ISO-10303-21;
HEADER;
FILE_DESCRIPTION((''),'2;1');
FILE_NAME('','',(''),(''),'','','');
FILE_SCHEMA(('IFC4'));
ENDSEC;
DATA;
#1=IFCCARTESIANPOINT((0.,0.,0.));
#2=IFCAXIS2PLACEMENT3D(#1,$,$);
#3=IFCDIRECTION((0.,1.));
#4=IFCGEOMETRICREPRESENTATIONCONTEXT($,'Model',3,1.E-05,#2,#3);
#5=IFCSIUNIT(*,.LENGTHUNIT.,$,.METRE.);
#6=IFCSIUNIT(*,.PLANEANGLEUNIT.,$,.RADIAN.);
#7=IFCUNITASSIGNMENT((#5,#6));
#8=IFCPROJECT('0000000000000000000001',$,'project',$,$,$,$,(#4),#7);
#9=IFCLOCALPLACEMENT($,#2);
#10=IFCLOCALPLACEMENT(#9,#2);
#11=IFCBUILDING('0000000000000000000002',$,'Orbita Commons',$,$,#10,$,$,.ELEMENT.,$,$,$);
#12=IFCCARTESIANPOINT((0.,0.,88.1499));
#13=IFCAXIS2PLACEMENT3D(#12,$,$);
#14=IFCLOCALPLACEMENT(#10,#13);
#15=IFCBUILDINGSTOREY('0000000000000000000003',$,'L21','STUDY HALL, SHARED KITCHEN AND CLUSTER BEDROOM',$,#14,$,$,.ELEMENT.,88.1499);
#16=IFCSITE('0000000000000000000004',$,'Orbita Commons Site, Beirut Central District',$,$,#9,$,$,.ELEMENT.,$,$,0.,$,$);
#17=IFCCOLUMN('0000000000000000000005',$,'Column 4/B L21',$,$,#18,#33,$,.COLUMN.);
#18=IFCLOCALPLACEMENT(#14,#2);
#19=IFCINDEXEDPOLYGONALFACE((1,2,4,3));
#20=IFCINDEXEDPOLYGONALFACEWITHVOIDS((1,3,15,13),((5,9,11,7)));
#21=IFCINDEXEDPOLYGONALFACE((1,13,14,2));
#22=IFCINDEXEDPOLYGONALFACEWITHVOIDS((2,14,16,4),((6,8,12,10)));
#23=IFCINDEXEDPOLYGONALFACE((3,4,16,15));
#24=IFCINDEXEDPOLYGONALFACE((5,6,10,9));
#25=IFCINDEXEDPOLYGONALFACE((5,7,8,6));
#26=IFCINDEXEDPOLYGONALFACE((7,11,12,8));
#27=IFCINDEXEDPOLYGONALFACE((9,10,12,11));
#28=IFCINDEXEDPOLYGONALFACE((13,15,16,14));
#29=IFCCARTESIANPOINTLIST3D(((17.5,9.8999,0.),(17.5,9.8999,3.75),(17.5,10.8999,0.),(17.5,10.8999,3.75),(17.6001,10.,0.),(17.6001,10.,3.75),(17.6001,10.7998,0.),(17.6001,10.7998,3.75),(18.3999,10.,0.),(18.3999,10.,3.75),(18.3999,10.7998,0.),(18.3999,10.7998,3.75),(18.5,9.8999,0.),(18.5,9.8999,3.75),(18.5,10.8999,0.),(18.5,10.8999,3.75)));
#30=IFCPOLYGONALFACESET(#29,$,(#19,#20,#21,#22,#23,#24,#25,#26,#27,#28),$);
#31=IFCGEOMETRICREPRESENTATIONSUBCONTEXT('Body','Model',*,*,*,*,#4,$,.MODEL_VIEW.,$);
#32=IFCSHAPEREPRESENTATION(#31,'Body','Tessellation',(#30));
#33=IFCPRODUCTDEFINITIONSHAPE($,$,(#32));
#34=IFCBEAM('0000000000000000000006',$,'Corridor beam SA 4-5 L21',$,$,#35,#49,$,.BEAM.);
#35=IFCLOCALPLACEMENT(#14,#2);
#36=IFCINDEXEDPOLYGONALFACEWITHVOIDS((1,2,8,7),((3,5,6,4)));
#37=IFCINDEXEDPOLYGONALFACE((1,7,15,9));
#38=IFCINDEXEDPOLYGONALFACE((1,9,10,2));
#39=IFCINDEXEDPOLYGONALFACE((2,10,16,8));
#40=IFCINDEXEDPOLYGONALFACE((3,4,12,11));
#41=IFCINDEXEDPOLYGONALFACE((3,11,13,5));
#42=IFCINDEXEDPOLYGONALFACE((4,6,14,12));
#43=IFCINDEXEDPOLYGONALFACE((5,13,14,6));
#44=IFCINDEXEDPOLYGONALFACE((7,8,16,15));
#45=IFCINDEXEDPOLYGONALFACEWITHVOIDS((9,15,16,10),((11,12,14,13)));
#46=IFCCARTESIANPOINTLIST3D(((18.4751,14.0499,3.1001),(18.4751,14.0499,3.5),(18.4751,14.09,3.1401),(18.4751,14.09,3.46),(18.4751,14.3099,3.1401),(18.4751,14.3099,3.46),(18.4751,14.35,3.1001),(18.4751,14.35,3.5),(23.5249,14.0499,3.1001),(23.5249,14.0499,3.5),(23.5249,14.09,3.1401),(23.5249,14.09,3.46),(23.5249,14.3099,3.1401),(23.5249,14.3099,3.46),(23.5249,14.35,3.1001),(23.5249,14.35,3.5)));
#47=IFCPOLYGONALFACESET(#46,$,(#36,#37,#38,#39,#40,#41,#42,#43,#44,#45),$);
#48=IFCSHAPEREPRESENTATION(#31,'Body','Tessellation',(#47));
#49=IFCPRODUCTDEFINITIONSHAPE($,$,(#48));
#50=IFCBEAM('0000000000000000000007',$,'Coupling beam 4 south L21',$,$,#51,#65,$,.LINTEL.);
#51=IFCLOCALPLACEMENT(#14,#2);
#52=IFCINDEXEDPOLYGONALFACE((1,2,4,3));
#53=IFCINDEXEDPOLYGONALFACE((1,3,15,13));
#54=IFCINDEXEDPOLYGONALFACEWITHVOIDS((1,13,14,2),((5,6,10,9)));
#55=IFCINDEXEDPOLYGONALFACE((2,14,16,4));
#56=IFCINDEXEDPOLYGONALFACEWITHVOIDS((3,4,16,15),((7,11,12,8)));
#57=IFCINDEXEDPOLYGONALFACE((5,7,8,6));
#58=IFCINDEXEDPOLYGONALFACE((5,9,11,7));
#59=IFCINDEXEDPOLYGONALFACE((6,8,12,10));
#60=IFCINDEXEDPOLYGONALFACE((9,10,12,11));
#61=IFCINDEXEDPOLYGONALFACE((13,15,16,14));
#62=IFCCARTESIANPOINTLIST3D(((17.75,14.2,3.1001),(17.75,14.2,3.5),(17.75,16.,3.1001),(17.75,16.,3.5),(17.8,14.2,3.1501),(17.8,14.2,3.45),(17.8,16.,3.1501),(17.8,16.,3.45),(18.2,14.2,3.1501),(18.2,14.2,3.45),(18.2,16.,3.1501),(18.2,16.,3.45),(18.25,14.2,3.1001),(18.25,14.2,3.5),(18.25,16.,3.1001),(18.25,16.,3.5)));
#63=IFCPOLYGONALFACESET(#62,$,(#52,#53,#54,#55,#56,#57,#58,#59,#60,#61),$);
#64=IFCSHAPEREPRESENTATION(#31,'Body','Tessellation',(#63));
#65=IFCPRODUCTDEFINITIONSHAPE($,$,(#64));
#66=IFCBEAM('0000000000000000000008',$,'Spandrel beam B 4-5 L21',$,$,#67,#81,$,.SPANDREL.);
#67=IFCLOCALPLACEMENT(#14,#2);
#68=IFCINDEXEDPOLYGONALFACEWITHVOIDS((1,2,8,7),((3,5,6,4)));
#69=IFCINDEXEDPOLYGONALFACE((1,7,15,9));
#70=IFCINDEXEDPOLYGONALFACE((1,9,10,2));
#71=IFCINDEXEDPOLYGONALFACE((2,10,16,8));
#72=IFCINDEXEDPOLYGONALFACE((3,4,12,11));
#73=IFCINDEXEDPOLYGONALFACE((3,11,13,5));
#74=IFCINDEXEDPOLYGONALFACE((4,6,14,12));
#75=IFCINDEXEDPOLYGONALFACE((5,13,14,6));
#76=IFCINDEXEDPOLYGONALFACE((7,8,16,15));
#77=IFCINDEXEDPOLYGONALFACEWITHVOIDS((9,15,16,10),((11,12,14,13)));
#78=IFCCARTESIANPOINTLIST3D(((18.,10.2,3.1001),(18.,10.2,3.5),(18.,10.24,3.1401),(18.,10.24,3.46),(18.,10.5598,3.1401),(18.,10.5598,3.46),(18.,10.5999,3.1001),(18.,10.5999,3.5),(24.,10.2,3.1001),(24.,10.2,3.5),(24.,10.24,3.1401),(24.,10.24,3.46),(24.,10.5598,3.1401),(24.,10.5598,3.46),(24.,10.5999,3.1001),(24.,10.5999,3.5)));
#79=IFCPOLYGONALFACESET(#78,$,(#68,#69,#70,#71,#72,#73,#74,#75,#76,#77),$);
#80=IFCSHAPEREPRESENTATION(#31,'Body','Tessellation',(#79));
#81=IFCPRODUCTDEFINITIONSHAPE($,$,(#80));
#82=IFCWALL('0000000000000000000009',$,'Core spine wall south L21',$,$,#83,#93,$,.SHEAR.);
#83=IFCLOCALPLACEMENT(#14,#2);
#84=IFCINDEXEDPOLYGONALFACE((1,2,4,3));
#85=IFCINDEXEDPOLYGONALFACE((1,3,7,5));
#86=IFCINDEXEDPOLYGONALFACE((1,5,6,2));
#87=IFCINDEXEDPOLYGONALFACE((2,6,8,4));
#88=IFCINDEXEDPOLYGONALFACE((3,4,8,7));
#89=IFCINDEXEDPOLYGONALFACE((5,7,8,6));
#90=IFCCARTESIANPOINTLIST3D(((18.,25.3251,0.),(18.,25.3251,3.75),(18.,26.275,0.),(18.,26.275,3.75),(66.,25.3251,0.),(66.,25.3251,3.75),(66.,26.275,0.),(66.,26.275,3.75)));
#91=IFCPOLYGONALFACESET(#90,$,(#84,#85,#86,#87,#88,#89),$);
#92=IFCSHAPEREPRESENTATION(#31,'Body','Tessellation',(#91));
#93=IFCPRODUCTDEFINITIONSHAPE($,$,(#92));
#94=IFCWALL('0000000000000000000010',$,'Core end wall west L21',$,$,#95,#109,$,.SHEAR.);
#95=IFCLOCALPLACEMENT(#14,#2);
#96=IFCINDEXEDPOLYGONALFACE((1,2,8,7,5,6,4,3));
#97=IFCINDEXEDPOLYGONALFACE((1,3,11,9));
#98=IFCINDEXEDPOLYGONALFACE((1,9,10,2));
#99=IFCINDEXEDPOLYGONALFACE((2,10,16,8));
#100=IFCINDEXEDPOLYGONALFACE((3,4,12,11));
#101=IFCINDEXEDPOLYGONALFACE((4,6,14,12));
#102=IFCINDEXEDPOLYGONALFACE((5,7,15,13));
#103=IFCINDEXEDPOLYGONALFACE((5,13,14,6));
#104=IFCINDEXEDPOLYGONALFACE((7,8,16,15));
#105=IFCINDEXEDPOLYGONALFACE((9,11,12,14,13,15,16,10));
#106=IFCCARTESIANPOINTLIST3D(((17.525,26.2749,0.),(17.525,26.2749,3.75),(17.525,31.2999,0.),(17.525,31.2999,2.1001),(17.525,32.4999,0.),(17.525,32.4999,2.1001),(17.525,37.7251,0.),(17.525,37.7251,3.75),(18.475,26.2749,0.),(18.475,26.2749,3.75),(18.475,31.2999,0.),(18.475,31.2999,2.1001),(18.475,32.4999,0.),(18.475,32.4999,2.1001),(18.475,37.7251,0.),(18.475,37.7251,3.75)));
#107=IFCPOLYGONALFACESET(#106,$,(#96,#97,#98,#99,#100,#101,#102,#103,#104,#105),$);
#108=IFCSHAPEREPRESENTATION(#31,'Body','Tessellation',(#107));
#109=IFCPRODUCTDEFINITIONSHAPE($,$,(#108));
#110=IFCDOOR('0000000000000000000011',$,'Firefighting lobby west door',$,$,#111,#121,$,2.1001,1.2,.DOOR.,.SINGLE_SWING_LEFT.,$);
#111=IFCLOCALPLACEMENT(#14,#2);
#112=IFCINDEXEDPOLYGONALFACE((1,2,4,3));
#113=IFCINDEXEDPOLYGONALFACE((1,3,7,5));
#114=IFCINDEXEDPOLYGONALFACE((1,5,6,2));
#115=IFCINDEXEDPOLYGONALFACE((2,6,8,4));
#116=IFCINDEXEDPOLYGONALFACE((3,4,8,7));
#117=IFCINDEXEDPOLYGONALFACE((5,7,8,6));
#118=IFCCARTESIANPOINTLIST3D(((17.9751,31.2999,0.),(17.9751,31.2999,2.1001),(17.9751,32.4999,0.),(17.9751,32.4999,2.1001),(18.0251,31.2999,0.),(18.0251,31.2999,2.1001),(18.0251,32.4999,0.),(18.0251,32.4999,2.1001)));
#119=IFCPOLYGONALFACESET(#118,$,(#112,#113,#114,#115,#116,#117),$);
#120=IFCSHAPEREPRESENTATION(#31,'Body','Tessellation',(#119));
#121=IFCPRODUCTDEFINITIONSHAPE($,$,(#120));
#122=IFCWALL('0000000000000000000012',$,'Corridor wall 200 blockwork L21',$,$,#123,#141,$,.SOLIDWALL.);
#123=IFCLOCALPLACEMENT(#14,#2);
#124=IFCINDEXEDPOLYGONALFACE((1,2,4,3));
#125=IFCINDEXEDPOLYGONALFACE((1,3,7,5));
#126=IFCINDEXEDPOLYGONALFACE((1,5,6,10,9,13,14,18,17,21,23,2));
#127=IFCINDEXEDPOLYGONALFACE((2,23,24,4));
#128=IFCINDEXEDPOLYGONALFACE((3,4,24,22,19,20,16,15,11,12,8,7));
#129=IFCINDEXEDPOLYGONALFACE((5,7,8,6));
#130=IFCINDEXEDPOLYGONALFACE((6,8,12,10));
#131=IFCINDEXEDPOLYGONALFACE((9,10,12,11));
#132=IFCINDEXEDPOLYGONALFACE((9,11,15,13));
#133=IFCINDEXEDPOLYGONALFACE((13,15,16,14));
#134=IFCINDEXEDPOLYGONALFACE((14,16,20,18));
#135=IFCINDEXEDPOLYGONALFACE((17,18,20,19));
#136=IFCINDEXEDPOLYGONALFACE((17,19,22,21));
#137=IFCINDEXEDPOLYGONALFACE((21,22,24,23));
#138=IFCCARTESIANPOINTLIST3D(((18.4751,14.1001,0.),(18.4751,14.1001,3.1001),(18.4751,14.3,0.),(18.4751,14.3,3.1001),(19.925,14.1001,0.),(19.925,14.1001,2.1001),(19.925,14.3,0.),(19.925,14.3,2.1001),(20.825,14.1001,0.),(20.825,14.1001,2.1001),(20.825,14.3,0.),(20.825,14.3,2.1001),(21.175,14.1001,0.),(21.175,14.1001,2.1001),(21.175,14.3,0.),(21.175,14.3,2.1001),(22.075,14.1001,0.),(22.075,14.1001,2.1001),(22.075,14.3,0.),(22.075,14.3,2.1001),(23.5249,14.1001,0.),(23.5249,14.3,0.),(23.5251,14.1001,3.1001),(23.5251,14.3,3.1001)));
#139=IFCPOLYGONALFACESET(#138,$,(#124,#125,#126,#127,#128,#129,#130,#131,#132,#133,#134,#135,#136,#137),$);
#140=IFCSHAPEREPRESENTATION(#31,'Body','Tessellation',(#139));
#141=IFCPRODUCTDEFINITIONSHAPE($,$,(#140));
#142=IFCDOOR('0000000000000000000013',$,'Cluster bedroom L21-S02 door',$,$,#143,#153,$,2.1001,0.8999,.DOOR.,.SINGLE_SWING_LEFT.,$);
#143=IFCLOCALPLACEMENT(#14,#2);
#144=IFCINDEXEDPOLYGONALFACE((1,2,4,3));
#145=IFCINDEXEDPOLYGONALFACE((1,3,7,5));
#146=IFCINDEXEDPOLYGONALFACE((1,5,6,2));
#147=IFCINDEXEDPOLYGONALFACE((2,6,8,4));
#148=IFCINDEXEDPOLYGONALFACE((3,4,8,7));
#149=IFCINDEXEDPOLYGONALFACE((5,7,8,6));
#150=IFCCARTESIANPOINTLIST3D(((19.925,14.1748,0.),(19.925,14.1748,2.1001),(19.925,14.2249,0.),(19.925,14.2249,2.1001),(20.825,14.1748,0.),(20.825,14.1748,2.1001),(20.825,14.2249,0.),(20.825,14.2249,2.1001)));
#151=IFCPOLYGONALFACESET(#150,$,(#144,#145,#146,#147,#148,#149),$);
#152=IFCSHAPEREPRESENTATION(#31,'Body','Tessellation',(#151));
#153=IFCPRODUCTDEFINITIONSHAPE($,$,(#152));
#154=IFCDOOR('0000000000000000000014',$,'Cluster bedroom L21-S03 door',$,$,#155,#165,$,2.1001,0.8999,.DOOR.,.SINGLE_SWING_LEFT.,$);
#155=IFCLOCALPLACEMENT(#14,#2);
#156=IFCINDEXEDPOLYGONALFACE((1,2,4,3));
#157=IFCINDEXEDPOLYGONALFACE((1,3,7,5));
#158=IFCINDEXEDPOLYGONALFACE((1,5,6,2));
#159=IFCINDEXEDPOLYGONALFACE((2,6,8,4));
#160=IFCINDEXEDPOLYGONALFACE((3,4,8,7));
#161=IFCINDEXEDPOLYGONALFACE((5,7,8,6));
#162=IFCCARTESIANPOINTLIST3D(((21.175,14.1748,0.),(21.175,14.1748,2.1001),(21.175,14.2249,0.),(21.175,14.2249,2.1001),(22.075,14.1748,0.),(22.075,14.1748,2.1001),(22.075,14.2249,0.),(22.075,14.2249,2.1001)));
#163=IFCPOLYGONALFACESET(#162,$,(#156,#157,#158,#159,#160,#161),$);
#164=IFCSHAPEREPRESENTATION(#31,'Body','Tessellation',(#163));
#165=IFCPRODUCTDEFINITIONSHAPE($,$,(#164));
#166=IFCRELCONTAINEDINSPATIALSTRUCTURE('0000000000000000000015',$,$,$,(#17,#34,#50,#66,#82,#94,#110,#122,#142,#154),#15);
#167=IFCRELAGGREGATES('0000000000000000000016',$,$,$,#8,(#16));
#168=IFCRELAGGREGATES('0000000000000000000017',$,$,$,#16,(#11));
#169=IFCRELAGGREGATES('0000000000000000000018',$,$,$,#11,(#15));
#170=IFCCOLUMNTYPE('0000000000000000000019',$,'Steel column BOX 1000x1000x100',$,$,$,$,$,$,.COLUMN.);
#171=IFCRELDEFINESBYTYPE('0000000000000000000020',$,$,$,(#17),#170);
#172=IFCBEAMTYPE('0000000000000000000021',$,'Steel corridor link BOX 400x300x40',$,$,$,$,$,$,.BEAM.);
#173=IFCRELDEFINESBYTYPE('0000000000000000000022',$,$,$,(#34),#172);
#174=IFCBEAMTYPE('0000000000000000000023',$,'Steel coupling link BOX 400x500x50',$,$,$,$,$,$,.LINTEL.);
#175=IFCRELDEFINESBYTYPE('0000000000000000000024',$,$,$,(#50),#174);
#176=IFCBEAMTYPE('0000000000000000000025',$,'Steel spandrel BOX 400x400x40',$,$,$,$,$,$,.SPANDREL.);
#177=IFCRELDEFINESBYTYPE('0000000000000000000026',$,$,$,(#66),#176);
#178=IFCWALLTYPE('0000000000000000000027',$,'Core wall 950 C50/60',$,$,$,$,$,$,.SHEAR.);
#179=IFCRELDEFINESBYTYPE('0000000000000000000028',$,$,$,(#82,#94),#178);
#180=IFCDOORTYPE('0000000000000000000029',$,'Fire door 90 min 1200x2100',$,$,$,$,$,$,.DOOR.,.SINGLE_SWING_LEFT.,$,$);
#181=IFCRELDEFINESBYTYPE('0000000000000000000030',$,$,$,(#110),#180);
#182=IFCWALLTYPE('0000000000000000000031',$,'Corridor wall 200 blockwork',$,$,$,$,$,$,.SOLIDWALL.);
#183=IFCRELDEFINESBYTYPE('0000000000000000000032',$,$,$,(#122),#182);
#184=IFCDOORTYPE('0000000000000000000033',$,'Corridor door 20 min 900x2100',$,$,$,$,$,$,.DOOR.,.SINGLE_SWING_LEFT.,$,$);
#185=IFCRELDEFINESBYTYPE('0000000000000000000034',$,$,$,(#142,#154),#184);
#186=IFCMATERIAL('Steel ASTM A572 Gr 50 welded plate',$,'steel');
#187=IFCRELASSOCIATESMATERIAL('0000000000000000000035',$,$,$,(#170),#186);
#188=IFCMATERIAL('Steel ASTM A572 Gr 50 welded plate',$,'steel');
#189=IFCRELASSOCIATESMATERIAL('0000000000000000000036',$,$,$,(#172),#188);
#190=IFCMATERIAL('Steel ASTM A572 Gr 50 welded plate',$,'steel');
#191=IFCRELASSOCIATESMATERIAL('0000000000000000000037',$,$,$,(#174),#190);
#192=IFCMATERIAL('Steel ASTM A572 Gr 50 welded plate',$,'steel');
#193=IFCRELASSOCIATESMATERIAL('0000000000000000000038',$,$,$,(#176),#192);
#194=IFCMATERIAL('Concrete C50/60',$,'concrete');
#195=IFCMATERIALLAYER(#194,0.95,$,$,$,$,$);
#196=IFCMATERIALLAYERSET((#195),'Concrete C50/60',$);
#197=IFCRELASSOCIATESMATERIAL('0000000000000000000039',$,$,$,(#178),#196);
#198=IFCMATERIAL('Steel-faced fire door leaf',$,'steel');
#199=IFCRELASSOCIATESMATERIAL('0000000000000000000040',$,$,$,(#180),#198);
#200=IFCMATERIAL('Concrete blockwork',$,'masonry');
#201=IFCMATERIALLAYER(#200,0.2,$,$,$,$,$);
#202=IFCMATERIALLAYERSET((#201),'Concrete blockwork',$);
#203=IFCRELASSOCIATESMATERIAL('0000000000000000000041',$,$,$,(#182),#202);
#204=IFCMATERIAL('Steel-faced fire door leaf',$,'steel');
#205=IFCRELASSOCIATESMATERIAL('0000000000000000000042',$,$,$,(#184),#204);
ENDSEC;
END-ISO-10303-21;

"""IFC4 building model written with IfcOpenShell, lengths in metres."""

from ifc_helpers import new_model, si_unit, direction, frame, frame_2d, origin, origin_2d, place, context, subcontext, project, spatial, polyline, rectangle, hollow_rectangle, outline, extrude, material, layer, layer_set, material_profile, profile_set, type_object, element, fill, save


model = new_model("IFC4")

# Units and contexts
model_context = context("Model", 3, precision=1e-05, world=origin(), true_north=direction((0.0, 1.0)))
body_context = subcontext(model_context, "Body", "Model", "MODEL_VIEW")
ifc_project = project(units=[si_unit("LENGTHUNIT", "METRE"), si_unit("PLANEANGLEUNIT", "RADIAN")], contexts=[model_context])

# Site, building, storey
site_placement = place(None, origin())
site = spatial("IfcSite", under=ifc_project, at=site_placement, Name="Orbita Commons Site, Beirut Central District", CompositionType="ELEMENT", RefElevation=0.0)
building_placement = place(site_placement, origin())
building = spatial("IfcBuilding", under=site, at=building_placement, Name="Orbita Commons", CompositionType="ELEMENT")
storey_placement = place(building_placement, frame((0.0, 0.0, 88.1499)))
storey = spatial("IfcBuildingStorey", under=building, at=storey_placement, Name="L21", Description="STUDY HALL, SHARED KITCHEN AND CLUSTER BEDROOM", CompositionType="ELEMENT", Elevation=88.1499)

# Column
ifc_material_1 = material(Name="Steel ASTM A572 Gr 50 welded plate", Category="steel")
ifc_material_profile_1 = material_profile(ifc_material_1, hollow_rectangle(XDim=1.0, YDim=1.0, WallThickness=0.1001, at=origin_2d()), Name="BOX 1000x1000x100")
ifc_profile_set_1 = profile_set([ifc_material_profile_1], Name="Steel ASTM A572 Gr 50 welded plate")
column_type = type_object("IfcColumnType", Name="Steel column BOX 1000x1000x100", PredefinedType="COLUMN", material=ifc_profile_set_1)
column_placement = place(storey_placement, frame((18.0, 10.3999, 0.0), z_axis=(0.0, 0.0, 1.0), x_axis=(1.0, 0.0, 0.0)))
element("IfcColumn", 1, at=column_placement, inside=storey, type_object=column_type, Name="Column 4/B L21", PredefinedType="COLUMN", context=body_context, shape_type="SweptSolid", body=[
    extrude(hollow_rectangle(XDim=1.0, YDim=1.0, WallThickness=0.1001, at=origin_2d()), origin(), (0.0, 0.0, 1.0), 3.75),
])

# Beams
ifc_material_2 = material(Name="Steel ASTM A572 Gr 50 welded plate", Category="steel")
ifc_material_profile_2 = material_profile(ifc_material_2, hollow_rectangle(XDim=0.3, YDim=0.3999, WallThickness=0.04, at=origin_2d()), Name="BOX 400x300x40")
ifc_profile_set_2 = profile_set([ifc_material_profile_2], Name="Steel ASTM A572 Gr 50 welded plate")
beam_type_1 = type_object("IfcBeamType", Name="Steel corridor link BOX 400x300x40", PredefinedType="BEAM", material=ifc_profile_set_2)
beam_1_placement = place(storey_placement, frame((18.4751, 14.2, 3.3), z_axis=(1.0, 0.0, 0.0), x_axis=(0.0, 1.0, 0.0)))
element("IfcBeam", 2, at=beam_1_placement, inside=storey, type_object=beam_type_1, Name="Corridor beam SA 4-5 L21", PredefinedType="BEAM", context=body_context, shape_type="SweptSolid", body=[
    extrude(hollow_rectangle(XDim=0.3, YDim=0.3999, WallThickness=0.04, at=origin_2d()), origin(), (0.0, 0.0, 1.0), 5.0498),
])
ifc_material_3 = material(Name="Steel ASTM A572 Gr 50 welded plate", Category="steel")
ifc_material_profile_3 = material_profile(ifc_material_3, hollow_rectangle(XDim=0.5, YDim=0.3999, WallThickness=0.05, at=origin_2d()), Name="BOX 400x500x50")
ifc_profile_set_3 = profile_set([ifc_material_profile_3], Name="Steel ASTM A572 Gr 50 welded plate")
beam_type_2 = type_object("IfcBeamType", Name="Steel coupling link BOX 400x500x50", PredefinedType="LINTEL", material=ifc_profile_set_3)
beam_2_placement = place(storey_placement, frame((18.0, 14.2, 3.3), z_axis=(0.0, 1.0, 0.0), x_axis=(-1.0, 0.0, 0.0)))
element("IfcBeam", 3, at=beam_2_placement, inside=storey, type_object=beam_type_2, Name="Coupling beam 4 south L21", PredefinedType="LINTEL", context=body_context, shape_type="SweptSolid", body=[
    extrude(hollow_rectangle(XDim=0.5, YDim=0.3999, WallThickness=0.05, at=origin_2d()), origin(), (0.0, 0.0, 1.0), 1.8),
])
ifc_material_4 = material(Name="Steel ASTM A572 Gr 50 welded plate", Category="steel")
ifc_material_profile_4 = material_profile(ifc_material_4, hollow_rectangle(XDim=0.3999, YDim=0.3999, WallThickness=0.04, at=origin_2d()), Name="BOX 400x400x40")
ifc_profile_set_4 = profile_set([ifc_material_profile_4], Name="Steel ASTM A572 Gr 50 welded plate")
beam_type_3 = type_object("IfcBeamType", Name="Steel spandrel BOX 400x400x40", PredefinedType="SPANDREL", material=ifc_profile_set_4)
beam_3_placement = place(storey_placement, frame((18.0, 10.3999, 3.3), z_axis=(1.0, 0.0, 0.0), x_axis=(0.0, 1.0, 0.0)))
element("IfcBeam", 4, at=beam_3_placement, inside=storey, type_object=beam_type_3, Name="Spandrel beam B 4-5 L21", PredefinedType="SPANDREL", context=body_context, shape_type="SweptSolid", body=[
    extrude(hollow_rectangle(XDim=0.3999, YDim=0.3999, WallThickness=0.04, at=origin_2d()), origin(), (0.0, 0.0, 1.0), 6.0),
])

# Wall
ifc_material_5 = material(Name="Concrete C50/60", Category="concrete")
ifc_layer_1 = layer(ifc_material_5, 0.95)
ifc_layer_set_1 = layer_set([ifc_layer_1], Name="Concrete C50/60")
wall_type_1 = type_object("IfcWallType", Name="Core wall 950 C50/60", PredefinedType="SHEAR", material=ifc_layer_set_1)
wall_1_placement = place(storey_placement, frame((18.0, 25.8, 0.0), z_axis=(0.0, 0.0, 1.0), x_axis=(1.0, 0.0, 0.0)))
element("IfcWall", 5, at=wall_1_placement, inside=storey, type_object=wall_type_1, Name="Core spine wall south L21", PredefinedType="SHEAR", context=body_context, shape_type="SweptSolid", body=[
    extrude(rectangle(XDim=48.0, YDim=0.95, at=frame_2d((24.0, 0.0))), origin(), (0.0, 0.0, 1.0), 3.75),
])

# Wall, opening, door
wall_2_placement = place(storey_placement, frame((18.0, 26.2749, 0.0), z_axis=(0.0, 0.0, 1.0), x_axis=(0.0, 1.0, 0.0)))
wall_2 = element("IfcWall", 6, at=wall_2_placement, inside=storey, type_object=wall_type_1, Name="Core end wall west L21", PredefinedType="SHEAR", context=body_context, shape_type="SweptSolid", body=[
    extrude(rectangle(XDim=11.4502, YDim=0.95, at=frame_2d((5.7251, 0.0))), origin(), (0.0, 0.0, 1.0), 3.75),
])
opening_1_placement = place(wall_2_placement, frame((5.0249, 0.0, 0.0)))
opening_1 = element("IfcOpeningElement", 7, at=opening_1_placement, cuts=wall_2, PredefinedType="OPENING", context=body_context, shape_type="SweptSolid", body=[
    extrude(rectangle(XDim=1.2, YDim=2.1001, at=frame_2d((0.6001, 1.05))), frame((0.0, 0.4849, 0.0), z_axis=(0.0, -1.0, 0.0), x_axis=(1.0, 0.0, 0.0)), (0.0, 0.0, 1.0), 0.97),
])
ifc_material_6 = material(Name="Steel-faced fire door leaf", Category="steel")
door_type_1 = type_object("IfcDoorType", Name="Fire door 90 min 1200x2100", OperationType="SINGLE_SWING_LEFT", PredefinedType="DOOR", material=ifc_material_6)
door_1_placement = place(opening_1_placement, origin())
door_1 = element("IfcDoor", 8, at=door_1_placement, inside=storey, type_object=door_type_1, Name="Firefighting lobby west door", OperationType="SINGLE_SWING_LEFT", OverallHeight=2.1001, OverallWidth=1.2, PredefinedType="DOOR", context=body_context, shape_type="SweptSolid", body=[
    extrude(rectangle(XDim=1.2, YDim=2.1001, at=frame_2d((0.6001, 1.05))), frame((0.0, 0.0249, 0.0), z_axis=(0.0, -1.0, 0.0), x_axis=(1.0, 0.0, 0.0)), (0.0, 0.0, 1.0), 0.05),
])
fill(opening_1, door_1)

# Wall, openings, doors
ifc_material_7 = material(Name="Concrete blockwork", Category="masonry")
ifc_layer_2 = layer(ifc_material_7, 0.2)
ifc_layer_set_2 = layer_set([ifc_layer_2], Name="Concrete blockwork")
wall_type_2 = type_object("IfcWallType", Name="Corridor wall 200 blockwork", PredefinedType="SOLIDWALL", material=ifc_layer_set_2)
wall_3_placement = place(storey_placement, frame((18.4751, 14.2, 0.0), z_axis=(0.0, 0.0, 1.0), x_axis=(1.0, 0.0, 0.0)))
wall_3 = element("IfcWall", 9, at=wall_3_placement, inside=storey, type_object=wall_type_2, Name="Corridor wall 200 blockwork L21", PredefinedType="SOLIDWALL", context=body_context, shape_type="SweptSolid", body=[
    extrude(outline(polyline([(0.0, 0.0), (5.0498, 0.0), (5.05, 3.1001), (0.0, 3.1001), (0.0, 0.0)])), frame((0.0, 0.1001, 0.0), z_axis=(0.0, -1.0, 0.0), x_axis=(1.0, 0.0, 0.0)), (0.0, 0.0, 1.0), 0.2),
])
opening_2_placement = place(wall_3_placement, frame((1.45, 0.0, 0.0)))
opening_2 = element("IfcOpeningElement", 10, at=opening_2_placement, cuts=wall_3, PredefinedType="OPENING", context=body_context, shape_type="SweptSolid", body=[
    extrude(rectangle(XDim=0.8999, YDim=2.1001, at=frame_2d((0.45, 1.05))), frame((0.0, 0.1099, 0.0), z_axis=(0.0, -1.0, 0.0), x_axis=(1.0, 0.0, 0.0)), (0.0, 0.0, 1.0), 0.22),
])
opening_3_placement = place(wall_3_placement, frame((2.7, 0.0, 0.0)))
opening_3 = element("IfcOpeningElement", 11, at=opening_3_placement, cuts=wall_3, PredefinedType="OPENING", context=body_context, shape_type="SweptSolid", body=[
    extrude(rectangle(XDim=0.8999, YDim=2.1001, at=frame_2d((0.45, 1.05))), frame((0.0, 0.1099, 0.0), z_axis=(0.0, -1.0, 0.0), x_axis=(1.0, 0.0, 0.0)), (0.0, 0.0, 1.0), 0.22),
])
ifc_material_8 = material(Name="Steel-faced fire door leaf", Category="steel")
door_type_2 = type_object("IfcDoorType", Name="Corridor door 20 min 900x2100", OperationType="SINGLE_SWING_LEFT", PredefinedType="DOOR", material=ifc_material_8)
door_2_placement = place(opening_2_placement, origin())
door_2 = element("IfcDoor", 12, at=door_2_placement, inside=storey, type_object=door_type_2, Name="Cluster bedroom L21-S02 door", OperationType="SINGLE_SWING_LEFT", OverallHeight=2.1001, OverallWidth=0.8999, PredefinedType="DOOR", context=body_context, shape_type="SweptSolid", body=[
    extrude(rectangle(XDim=0.8999, YDim=2.1001, at=frame_2d((0.45, 1.05))), frame((0.0, 0.0249, 0.0), z_axis=(0.0, -1.0, 0.0), x_axis=(1.0, 0.0, 0.0)), (0.0, 0.0, 1.0), 0.05),
])
fill(opening_2, door_2)
door_3_placement = place(opening_3_placement, origin())
door_3 = element("IfcDoor", 13, at=door_3_placement, inside=storey, type_object=door_type_2, Name="Cluster bedroom L21-S03 door", OperationType="SINGLE_SWING_LEFT", OverallHeight=2.1001, OverallWidth=0.8999, PredefinedType="DOOR", context=body_context, shape_type="SweptSolid", body=[
    extrude(rectangle(XDim=0.8999, YDim=2.1001, at=frame_2d((0.45, 1.05))), frame((0.0, 0.0249, 0.0), z_axis=(0.0, -1.0, 0.0), x_axis=(1.0, 0.0, 0.0)), (0.0, 0.0, 1.0), 0.05),
])
fill(opening_3, door_3)

save(model, "model.ifc")
